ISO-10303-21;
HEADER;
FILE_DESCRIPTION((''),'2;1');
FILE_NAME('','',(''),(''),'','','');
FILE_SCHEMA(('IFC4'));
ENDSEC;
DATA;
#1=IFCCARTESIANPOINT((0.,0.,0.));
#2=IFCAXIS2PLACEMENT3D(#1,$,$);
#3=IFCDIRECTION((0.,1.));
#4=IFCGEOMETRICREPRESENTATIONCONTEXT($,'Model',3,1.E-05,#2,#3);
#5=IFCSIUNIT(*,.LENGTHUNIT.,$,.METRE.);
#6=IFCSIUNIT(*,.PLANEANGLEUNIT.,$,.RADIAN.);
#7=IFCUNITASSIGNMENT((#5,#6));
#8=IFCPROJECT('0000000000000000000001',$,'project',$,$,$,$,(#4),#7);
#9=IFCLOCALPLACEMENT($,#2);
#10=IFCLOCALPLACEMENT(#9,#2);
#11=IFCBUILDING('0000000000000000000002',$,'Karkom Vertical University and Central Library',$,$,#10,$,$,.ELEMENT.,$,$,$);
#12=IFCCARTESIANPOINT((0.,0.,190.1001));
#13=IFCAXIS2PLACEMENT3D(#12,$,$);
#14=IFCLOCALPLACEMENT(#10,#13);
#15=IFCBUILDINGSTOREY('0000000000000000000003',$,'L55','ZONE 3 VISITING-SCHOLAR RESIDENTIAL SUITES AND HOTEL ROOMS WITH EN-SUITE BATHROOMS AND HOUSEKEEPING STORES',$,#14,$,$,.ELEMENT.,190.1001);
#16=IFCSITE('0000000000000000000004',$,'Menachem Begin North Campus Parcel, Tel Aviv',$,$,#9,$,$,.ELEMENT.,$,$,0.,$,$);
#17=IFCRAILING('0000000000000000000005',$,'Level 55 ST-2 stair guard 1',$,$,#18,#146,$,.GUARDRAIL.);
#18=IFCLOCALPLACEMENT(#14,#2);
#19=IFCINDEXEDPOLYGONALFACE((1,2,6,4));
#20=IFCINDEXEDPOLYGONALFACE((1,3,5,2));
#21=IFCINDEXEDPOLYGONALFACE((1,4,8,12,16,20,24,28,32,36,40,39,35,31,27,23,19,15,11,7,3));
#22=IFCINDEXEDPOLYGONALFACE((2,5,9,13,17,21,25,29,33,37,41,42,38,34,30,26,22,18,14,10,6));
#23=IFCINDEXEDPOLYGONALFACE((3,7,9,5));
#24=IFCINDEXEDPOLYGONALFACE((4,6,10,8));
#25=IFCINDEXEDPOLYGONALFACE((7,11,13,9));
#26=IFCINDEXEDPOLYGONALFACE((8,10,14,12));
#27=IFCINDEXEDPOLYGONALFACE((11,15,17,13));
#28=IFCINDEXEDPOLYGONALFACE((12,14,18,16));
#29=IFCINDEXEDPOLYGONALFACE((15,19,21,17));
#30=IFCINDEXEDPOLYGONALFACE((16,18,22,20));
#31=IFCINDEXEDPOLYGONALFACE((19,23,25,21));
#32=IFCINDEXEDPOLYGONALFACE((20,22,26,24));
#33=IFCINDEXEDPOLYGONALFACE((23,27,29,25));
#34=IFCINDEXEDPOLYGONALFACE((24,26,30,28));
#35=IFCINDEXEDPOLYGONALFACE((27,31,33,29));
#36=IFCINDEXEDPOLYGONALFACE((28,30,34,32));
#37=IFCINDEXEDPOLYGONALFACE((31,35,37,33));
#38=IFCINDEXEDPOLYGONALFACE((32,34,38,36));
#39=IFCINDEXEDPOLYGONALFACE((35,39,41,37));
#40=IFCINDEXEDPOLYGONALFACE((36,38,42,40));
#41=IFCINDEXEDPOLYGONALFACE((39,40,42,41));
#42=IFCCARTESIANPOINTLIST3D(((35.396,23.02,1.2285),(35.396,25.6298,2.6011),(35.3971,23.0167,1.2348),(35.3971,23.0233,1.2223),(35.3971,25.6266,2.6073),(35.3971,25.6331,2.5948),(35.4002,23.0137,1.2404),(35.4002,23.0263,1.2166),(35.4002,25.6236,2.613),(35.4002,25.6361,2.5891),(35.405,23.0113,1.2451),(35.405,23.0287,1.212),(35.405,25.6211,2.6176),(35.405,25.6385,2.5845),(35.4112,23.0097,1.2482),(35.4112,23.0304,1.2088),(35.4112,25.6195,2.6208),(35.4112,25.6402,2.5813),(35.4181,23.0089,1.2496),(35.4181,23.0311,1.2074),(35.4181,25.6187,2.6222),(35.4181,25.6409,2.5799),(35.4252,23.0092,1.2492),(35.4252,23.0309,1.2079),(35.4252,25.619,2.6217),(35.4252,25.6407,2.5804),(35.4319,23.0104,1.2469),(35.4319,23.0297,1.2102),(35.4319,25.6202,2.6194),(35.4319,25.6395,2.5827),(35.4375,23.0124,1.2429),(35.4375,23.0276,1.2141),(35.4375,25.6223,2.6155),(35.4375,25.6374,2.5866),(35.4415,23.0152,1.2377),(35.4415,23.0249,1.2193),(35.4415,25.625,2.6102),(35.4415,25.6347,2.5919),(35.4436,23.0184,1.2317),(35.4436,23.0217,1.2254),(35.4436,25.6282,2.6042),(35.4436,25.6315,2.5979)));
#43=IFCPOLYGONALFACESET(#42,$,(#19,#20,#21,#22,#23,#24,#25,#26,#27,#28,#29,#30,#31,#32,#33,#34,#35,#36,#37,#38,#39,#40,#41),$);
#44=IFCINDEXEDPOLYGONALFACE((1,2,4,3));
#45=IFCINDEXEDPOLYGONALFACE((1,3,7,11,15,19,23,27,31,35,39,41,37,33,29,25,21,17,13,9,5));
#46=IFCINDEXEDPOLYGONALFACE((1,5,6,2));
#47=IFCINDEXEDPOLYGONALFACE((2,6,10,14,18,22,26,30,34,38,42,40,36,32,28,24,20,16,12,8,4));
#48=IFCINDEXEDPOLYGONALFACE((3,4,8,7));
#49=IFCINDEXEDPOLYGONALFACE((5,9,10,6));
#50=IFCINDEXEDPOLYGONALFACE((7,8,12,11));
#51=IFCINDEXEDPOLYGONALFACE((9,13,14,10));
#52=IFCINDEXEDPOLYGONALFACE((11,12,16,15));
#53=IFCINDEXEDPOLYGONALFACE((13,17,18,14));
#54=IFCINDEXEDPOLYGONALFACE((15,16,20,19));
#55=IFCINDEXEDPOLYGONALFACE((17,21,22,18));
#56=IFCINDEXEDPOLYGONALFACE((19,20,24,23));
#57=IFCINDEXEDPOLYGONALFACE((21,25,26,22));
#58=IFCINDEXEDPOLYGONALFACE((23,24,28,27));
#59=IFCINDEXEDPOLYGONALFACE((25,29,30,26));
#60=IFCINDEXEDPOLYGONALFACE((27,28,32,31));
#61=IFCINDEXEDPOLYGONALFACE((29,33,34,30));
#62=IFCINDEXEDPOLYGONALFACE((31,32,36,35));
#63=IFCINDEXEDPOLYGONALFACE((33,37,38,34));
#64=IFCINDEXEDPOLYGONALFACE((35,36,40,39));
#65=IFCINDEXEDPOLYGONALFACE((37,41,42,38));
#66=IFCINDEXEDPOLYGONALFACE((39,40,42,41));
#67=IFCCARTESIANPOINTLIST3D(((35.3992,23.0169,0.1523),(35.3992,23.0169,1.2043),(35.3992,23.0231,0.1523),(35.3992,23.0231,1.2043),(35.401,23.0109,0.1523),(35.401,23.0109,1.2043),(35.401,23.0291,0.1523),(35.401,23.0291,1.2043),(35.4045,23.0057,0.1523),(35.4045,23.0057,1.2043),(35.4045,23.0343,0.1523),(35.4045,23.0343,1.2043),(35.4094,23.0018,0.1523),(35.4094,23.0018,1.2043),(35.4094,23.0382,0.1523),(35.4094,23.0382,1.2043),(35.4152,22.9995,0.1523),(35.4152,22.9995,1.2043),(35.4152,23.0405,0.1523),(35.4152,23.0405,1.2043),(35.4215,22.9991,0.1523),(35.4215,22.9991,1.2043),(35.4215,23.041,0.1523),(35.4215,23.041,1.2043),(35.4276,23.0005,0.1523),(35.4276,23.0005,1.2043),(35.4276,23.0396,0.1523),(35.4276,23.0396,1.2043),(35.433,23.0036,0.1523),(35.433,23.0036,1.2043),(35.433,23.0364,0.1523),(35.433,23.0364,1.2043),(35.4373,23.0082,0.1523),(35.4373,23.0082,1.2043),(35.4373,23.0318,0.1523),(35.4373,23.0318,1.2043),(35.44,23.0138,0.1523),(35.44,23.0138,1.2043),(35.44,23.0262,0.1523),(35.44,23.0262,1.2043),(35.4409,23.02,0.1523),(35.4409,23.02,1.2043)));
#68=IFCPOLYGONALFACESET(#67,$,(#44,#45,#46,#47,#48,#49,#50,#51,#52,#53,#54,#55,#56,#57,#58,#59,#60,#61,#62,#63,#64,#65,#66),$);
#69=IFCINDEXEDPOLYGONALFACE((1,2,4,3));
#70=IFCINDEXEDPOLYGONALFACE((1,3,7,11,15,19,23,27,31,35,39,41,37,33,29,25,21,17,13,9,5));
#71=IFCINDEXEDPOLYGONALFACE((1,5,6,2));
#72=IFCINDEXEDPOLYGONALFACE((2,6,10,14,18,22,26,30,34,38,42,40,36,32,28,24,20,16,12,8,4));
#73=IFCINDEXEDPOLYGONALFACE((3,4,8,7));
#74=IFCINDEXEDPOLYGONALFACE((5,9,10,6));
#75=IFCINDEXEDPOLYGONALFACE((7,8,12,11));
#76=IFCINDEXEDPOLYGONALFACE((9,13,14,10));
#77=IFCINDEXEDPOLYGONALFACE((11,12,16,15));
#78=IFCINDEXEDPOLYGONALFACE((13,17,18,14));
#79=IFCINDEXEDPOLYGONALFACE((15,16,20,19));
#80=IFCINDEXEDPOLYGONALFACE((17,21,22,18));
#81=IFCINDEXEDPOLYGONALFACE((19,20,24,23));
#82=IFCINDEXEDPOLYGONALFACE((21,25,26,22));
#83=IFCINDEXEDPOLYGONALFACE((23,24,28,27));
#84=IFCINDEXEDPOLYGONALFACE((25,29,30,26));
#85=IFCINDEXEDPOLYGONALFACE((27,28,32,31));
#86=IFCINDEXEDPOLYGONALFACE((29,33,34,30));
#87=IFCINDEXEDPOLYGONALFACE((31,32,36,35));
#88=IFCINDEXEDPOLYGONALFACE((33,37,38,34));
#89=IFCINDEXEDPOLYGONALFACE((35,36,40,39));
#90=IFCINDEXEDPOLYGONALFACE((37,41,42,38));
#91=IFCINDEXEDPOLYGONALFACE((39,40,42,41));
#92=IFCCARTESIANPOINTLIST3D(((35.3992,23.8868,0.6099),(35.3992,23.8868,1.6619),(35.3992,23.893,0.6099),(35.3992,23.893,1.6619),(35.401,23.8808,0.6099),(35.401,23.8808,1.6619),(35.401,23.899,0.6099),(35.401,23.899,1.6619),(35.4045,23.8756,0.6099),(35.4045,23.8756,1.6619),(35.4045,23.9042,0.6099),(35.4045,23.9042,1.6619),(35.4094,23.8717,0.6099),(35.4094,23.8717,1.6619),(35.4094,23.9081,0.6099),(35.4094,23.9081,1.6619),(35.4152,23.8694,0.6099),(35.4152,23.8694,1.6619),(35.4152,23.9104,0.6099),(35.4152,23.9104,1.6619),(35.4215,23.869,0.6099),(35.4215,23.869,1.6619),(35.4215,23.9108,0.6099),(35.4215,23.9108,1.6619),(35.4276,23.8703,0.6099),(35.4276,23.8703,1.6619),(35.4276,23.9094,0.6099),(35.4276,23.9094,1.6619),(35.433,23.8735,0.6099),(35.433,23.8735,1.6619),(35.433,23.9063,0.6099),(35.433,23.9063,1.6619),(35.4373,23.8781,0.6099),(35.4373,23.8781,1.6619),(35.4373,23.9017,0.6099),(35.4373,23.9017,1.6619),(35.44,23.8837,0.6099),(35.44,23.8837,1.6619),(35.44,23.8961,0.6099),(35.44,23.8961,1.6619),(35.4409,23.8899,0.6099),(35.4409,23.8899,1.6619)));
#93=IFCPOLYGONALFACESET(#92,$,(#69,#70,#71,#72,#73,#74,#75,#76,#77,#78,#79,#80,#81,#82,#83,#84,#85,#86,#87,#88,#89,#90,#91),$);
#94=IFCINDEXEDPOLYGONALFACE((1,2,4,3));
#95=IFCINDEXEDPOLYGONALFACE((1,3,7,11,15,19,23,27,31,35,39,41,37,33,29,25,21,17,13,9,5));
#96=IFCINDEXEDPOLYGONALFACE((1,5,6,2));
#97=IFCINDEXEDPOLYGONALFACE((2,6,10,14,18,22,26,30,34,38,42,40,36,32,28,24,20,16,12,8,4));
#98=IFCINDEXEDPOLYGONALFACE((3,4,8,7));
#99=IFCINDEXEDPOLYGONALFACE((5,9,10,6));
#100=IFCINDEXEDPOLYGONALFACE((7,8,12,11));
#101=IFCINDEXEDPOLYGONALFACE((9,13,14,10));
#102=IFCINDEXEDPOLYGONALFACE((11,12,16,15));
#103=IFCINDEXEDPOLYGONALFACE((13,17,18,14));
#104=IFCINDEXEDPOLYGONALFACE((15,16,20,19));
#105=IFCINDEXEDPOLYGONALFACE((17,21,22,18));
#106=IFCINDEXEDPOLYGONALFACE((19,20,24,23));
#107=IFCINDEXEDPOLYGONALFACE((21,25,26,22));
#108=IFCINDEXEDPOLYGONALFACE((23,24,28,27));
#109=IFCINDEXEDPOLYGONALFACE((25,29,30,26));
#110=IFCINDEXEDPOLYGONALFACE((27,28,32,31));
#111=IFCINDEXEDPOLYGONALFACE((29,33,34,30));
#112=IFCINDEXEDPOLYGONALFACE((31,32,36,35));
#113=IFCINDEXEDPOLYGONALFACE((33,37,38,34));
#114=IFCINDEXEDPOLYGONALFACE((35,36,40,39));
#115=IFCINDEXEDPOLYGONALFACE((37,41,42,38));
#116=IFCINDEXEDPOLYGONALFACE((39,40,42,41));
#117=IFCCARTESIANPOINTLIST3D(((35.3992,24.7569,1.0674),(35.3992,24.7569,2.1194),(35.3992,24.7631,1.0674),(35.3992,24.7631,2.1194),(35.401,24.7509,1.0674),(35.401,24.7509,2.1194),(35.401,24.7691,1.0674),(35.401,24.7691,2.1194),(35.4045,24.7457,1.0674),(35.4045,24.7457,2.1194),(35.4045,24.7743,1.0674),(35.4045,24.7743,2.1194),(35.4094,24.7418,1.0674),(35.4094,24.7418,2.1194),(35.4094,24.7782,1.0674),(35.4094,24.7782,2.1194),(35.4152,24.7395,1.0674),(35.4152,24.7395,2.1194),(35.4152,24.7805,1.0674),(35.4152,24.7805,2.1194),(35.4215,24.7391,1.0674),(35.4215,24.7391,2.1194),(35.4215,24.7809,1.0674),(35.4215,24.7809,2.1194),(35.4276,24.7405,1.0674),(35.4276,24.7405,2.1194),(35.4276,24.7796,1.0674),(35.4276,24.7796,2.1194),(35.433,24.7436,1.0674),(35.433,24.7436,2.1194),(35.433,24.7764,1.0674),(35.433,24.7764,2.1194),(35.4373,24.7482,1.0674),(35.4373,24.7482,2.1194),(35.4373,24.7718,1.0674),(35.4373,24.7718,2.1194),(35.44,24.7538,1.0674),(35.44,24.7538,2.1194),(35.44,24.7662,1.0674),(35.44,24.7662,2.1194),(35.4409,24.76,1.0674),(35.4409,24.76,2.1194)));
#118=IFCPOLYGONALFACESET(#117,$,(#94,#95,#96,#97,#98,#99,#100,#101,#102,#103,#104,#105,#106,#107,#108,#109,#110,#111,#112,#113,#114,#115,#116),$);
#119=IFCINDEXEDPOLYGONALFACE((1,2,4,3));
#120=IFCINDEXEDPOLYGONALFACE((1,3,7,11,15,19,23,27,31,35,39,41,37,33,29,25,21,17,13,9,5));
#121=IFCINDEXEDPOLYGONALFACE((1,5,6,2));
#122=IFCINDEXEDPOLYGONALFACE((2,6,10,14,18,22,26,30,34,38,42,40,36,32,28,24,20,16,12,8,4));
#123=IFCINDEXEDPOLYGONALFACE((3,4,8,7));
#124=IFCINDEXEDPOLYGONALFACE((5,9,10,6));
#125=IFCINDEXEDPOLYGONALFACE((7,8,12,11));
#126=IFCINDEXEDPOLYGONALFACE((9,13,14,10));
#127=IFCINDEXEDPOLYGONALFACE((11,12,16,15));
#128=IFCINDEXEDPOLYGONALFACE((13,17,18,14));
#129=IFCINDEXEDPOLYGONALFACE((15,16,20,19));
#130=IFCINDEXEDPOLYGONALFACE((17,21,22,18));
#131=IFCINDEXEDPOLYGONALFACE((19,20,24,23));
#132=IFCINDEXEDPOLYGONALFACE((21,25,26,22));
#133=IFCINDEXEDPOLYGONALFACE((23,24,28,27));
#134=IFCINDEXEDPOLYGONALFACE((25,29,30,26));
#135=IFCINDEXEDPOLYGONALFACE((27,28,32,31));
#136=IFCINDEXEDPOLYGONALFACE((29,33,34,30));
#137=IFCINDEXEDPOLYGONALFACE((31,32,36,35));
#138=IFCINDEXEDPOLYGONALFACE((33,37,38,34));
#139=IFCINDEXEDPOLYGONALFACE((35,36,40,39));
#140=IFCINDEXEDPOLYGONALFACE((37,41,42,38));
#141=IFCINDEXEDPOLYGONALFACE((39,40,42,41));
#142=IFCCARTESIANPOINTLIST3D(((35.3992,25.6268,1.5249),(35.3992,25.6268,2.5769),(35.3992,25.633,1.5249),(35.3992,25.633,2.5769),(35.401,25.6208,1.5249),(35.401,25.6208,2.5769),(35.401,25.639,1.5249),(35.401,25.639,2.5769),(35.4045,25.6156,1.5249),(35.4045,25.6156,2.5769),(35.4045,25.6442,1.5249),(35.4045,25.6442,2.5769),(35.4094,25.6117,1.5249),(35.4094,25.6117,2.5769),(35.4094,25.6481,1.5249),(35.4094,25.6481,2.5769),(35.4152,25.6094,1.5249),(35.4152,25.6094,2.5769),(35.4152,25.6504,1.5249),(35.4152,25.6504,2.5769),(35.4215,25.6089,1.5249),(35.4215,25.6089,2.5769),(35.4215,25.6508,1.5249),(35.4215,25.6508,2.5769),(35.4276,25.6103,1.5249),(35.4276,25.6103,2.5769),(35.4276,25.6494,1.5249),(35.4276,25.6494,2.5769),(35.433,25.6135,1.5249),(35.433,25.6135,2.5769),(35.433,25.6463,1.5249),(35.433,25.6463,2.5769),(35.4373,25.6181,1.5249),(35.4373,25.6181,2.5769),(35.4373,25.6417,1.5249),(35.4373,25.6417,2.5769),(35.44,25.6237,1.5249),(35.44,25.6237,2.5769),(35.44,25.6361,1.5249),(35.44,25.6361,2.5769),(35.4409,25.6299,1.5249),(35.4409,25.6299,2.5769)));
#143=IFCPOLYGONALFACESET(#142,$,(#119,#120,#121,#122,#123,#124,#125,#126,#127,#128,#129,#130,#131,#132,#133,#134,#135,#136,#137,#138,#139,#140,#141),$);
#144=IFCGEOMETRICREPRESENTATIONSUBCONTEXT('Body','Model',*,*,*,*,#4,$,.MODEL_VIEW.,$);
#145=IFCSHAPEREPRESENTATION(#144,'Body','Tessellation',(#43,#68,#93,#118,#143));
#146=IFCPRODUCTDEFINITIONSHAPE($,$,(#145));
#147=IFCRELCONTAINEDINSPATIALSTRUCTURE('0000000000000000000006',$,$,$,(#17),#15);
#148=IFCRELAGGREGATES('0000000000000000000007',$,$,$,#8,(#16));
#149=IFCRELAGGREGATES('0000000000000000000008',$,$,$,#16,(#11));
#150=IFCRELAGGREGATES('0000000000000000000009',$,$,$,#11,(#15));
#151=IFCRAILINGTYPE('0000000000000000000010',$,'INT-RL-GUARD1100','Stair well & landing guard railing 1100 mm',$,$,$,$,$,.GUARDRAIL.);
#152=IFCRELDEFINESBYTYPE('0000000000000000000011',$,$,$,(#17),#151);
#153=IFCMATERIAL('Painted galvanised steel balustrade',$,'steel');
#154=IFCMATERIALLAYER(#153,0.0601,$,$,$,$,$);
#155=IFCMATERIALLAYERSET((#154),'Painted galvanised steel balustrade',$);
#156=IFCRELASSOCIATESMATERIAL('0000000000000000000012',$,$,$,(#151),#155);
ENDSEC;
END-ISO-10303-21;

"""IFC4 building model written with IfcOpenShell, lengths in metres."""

from ifc_helpers import new_model, si_unit, direction, frame, origin, origin_2d, place, context, subcontext, project, spatial, circle, extrude, material, layer, layer_set, type_object, element, save


model = new_model("IFC4")

# Units and contexts
model_context = context("Model", 3, precision=1e-05, world=origin(), true_north=direction((0.0, 1.0)))
body_context = subcontext(model_context, "Body", "Model", "MODEL_VIEW")
ifc_project = project(units=[si_unit("LENGTHUNIT", "METRE"), si_unit("PLANEANGLEUNIT", "RADIAN")], contexts=[model_context])

# Site, building, storey
site_placement = place(None, origin())
site = spatial("IfcSite", under=ifc_project, at=site_placement, Name="Menachem Begin North Campus Parcel, Tel Aviv", CompositionType="ELEMENT", RefElevation=0.0)
building_placement = place(site_placement, origin())
building = spatial("IfcBuilding", under=site, at=building_placement, Name="Karkom Vertical University and Central Library", CompositionType="ELEMENT")
storey_placement = place(building_placement, frame((0.0, 0.0, 190.1001)))
storey = spatial("IfcBuildingStorey", under=building, at=storey_placement, Name="L55", Description="ZONE 3 VISITING-SCHOLAR RESIDENTIAL SUITES AND HOTEL ROOMS WITH EN-SUITE BATHROOMS AND HOUSEKEEPING STORES", CompositionType="ELEMENT", Elevation=190.1001)

# Railing
ifc_material_1 = material(Name="Painted galvanised steel balustrade", Category="steel")
ifc_layer_1 = layer(ifc_material_1, 0.0601)
ifc_layer_set_1 = layer_set([ifc_layer_1], Name="Painted galvanised steel balustrade")
railing_type_1 = type_object("IfcRailingType", Name="INT-RL-GUARD1100", Description="Stair well & landing guard railing 1100 mm", PredefinedType="GUARDRAIL", material=ifc_layer_set_1)
railing_1_placement = place(storey_placement, frame((35.4199, 23.02, 0.1523)))
element("IfcRailing", 1, at=railing_1_placement, inside=storey, type_object=railing_type_1, Name="Level 55 ST-2 stair guard 1", PredefinedType="GUARDRAIL", context=body_context, shape_type="SweptSolid", body=[
    extrude(circle(Radius=0.0239, at=origin_2d()), frame((0.0, 0.0, 1.0762), z_axis=(0.0, 0.885065, 0.465467), x_axis=(-1.0, 0.0, 0.0)), (0.0, 0.0, 1.0), 2.9487),
    extrude(circle(Radius=0.021, at=origin_2d()), origin(), (0.0, 0.0, 1.0), 1.052),
    extrude(circle(Radius=0.021, at=origin_2d()), frame((0.0, 0.8699, 0.4575)), (0.0, 0.0, 1.0), 1.052),
    extrude(circle(Radius=0.021, at=origin_2d()), frame((0.0, 1.74, 0.915)), (0.0, 0.0, 1.0), 1.052),
    extrude(circle(Radius=0.021, at=origin_2d()), frame((0.0, 2.6099, 1.3726)), (0.0, 0.0, 1.0), 1.052),
])

save(model, "model.ifc")
